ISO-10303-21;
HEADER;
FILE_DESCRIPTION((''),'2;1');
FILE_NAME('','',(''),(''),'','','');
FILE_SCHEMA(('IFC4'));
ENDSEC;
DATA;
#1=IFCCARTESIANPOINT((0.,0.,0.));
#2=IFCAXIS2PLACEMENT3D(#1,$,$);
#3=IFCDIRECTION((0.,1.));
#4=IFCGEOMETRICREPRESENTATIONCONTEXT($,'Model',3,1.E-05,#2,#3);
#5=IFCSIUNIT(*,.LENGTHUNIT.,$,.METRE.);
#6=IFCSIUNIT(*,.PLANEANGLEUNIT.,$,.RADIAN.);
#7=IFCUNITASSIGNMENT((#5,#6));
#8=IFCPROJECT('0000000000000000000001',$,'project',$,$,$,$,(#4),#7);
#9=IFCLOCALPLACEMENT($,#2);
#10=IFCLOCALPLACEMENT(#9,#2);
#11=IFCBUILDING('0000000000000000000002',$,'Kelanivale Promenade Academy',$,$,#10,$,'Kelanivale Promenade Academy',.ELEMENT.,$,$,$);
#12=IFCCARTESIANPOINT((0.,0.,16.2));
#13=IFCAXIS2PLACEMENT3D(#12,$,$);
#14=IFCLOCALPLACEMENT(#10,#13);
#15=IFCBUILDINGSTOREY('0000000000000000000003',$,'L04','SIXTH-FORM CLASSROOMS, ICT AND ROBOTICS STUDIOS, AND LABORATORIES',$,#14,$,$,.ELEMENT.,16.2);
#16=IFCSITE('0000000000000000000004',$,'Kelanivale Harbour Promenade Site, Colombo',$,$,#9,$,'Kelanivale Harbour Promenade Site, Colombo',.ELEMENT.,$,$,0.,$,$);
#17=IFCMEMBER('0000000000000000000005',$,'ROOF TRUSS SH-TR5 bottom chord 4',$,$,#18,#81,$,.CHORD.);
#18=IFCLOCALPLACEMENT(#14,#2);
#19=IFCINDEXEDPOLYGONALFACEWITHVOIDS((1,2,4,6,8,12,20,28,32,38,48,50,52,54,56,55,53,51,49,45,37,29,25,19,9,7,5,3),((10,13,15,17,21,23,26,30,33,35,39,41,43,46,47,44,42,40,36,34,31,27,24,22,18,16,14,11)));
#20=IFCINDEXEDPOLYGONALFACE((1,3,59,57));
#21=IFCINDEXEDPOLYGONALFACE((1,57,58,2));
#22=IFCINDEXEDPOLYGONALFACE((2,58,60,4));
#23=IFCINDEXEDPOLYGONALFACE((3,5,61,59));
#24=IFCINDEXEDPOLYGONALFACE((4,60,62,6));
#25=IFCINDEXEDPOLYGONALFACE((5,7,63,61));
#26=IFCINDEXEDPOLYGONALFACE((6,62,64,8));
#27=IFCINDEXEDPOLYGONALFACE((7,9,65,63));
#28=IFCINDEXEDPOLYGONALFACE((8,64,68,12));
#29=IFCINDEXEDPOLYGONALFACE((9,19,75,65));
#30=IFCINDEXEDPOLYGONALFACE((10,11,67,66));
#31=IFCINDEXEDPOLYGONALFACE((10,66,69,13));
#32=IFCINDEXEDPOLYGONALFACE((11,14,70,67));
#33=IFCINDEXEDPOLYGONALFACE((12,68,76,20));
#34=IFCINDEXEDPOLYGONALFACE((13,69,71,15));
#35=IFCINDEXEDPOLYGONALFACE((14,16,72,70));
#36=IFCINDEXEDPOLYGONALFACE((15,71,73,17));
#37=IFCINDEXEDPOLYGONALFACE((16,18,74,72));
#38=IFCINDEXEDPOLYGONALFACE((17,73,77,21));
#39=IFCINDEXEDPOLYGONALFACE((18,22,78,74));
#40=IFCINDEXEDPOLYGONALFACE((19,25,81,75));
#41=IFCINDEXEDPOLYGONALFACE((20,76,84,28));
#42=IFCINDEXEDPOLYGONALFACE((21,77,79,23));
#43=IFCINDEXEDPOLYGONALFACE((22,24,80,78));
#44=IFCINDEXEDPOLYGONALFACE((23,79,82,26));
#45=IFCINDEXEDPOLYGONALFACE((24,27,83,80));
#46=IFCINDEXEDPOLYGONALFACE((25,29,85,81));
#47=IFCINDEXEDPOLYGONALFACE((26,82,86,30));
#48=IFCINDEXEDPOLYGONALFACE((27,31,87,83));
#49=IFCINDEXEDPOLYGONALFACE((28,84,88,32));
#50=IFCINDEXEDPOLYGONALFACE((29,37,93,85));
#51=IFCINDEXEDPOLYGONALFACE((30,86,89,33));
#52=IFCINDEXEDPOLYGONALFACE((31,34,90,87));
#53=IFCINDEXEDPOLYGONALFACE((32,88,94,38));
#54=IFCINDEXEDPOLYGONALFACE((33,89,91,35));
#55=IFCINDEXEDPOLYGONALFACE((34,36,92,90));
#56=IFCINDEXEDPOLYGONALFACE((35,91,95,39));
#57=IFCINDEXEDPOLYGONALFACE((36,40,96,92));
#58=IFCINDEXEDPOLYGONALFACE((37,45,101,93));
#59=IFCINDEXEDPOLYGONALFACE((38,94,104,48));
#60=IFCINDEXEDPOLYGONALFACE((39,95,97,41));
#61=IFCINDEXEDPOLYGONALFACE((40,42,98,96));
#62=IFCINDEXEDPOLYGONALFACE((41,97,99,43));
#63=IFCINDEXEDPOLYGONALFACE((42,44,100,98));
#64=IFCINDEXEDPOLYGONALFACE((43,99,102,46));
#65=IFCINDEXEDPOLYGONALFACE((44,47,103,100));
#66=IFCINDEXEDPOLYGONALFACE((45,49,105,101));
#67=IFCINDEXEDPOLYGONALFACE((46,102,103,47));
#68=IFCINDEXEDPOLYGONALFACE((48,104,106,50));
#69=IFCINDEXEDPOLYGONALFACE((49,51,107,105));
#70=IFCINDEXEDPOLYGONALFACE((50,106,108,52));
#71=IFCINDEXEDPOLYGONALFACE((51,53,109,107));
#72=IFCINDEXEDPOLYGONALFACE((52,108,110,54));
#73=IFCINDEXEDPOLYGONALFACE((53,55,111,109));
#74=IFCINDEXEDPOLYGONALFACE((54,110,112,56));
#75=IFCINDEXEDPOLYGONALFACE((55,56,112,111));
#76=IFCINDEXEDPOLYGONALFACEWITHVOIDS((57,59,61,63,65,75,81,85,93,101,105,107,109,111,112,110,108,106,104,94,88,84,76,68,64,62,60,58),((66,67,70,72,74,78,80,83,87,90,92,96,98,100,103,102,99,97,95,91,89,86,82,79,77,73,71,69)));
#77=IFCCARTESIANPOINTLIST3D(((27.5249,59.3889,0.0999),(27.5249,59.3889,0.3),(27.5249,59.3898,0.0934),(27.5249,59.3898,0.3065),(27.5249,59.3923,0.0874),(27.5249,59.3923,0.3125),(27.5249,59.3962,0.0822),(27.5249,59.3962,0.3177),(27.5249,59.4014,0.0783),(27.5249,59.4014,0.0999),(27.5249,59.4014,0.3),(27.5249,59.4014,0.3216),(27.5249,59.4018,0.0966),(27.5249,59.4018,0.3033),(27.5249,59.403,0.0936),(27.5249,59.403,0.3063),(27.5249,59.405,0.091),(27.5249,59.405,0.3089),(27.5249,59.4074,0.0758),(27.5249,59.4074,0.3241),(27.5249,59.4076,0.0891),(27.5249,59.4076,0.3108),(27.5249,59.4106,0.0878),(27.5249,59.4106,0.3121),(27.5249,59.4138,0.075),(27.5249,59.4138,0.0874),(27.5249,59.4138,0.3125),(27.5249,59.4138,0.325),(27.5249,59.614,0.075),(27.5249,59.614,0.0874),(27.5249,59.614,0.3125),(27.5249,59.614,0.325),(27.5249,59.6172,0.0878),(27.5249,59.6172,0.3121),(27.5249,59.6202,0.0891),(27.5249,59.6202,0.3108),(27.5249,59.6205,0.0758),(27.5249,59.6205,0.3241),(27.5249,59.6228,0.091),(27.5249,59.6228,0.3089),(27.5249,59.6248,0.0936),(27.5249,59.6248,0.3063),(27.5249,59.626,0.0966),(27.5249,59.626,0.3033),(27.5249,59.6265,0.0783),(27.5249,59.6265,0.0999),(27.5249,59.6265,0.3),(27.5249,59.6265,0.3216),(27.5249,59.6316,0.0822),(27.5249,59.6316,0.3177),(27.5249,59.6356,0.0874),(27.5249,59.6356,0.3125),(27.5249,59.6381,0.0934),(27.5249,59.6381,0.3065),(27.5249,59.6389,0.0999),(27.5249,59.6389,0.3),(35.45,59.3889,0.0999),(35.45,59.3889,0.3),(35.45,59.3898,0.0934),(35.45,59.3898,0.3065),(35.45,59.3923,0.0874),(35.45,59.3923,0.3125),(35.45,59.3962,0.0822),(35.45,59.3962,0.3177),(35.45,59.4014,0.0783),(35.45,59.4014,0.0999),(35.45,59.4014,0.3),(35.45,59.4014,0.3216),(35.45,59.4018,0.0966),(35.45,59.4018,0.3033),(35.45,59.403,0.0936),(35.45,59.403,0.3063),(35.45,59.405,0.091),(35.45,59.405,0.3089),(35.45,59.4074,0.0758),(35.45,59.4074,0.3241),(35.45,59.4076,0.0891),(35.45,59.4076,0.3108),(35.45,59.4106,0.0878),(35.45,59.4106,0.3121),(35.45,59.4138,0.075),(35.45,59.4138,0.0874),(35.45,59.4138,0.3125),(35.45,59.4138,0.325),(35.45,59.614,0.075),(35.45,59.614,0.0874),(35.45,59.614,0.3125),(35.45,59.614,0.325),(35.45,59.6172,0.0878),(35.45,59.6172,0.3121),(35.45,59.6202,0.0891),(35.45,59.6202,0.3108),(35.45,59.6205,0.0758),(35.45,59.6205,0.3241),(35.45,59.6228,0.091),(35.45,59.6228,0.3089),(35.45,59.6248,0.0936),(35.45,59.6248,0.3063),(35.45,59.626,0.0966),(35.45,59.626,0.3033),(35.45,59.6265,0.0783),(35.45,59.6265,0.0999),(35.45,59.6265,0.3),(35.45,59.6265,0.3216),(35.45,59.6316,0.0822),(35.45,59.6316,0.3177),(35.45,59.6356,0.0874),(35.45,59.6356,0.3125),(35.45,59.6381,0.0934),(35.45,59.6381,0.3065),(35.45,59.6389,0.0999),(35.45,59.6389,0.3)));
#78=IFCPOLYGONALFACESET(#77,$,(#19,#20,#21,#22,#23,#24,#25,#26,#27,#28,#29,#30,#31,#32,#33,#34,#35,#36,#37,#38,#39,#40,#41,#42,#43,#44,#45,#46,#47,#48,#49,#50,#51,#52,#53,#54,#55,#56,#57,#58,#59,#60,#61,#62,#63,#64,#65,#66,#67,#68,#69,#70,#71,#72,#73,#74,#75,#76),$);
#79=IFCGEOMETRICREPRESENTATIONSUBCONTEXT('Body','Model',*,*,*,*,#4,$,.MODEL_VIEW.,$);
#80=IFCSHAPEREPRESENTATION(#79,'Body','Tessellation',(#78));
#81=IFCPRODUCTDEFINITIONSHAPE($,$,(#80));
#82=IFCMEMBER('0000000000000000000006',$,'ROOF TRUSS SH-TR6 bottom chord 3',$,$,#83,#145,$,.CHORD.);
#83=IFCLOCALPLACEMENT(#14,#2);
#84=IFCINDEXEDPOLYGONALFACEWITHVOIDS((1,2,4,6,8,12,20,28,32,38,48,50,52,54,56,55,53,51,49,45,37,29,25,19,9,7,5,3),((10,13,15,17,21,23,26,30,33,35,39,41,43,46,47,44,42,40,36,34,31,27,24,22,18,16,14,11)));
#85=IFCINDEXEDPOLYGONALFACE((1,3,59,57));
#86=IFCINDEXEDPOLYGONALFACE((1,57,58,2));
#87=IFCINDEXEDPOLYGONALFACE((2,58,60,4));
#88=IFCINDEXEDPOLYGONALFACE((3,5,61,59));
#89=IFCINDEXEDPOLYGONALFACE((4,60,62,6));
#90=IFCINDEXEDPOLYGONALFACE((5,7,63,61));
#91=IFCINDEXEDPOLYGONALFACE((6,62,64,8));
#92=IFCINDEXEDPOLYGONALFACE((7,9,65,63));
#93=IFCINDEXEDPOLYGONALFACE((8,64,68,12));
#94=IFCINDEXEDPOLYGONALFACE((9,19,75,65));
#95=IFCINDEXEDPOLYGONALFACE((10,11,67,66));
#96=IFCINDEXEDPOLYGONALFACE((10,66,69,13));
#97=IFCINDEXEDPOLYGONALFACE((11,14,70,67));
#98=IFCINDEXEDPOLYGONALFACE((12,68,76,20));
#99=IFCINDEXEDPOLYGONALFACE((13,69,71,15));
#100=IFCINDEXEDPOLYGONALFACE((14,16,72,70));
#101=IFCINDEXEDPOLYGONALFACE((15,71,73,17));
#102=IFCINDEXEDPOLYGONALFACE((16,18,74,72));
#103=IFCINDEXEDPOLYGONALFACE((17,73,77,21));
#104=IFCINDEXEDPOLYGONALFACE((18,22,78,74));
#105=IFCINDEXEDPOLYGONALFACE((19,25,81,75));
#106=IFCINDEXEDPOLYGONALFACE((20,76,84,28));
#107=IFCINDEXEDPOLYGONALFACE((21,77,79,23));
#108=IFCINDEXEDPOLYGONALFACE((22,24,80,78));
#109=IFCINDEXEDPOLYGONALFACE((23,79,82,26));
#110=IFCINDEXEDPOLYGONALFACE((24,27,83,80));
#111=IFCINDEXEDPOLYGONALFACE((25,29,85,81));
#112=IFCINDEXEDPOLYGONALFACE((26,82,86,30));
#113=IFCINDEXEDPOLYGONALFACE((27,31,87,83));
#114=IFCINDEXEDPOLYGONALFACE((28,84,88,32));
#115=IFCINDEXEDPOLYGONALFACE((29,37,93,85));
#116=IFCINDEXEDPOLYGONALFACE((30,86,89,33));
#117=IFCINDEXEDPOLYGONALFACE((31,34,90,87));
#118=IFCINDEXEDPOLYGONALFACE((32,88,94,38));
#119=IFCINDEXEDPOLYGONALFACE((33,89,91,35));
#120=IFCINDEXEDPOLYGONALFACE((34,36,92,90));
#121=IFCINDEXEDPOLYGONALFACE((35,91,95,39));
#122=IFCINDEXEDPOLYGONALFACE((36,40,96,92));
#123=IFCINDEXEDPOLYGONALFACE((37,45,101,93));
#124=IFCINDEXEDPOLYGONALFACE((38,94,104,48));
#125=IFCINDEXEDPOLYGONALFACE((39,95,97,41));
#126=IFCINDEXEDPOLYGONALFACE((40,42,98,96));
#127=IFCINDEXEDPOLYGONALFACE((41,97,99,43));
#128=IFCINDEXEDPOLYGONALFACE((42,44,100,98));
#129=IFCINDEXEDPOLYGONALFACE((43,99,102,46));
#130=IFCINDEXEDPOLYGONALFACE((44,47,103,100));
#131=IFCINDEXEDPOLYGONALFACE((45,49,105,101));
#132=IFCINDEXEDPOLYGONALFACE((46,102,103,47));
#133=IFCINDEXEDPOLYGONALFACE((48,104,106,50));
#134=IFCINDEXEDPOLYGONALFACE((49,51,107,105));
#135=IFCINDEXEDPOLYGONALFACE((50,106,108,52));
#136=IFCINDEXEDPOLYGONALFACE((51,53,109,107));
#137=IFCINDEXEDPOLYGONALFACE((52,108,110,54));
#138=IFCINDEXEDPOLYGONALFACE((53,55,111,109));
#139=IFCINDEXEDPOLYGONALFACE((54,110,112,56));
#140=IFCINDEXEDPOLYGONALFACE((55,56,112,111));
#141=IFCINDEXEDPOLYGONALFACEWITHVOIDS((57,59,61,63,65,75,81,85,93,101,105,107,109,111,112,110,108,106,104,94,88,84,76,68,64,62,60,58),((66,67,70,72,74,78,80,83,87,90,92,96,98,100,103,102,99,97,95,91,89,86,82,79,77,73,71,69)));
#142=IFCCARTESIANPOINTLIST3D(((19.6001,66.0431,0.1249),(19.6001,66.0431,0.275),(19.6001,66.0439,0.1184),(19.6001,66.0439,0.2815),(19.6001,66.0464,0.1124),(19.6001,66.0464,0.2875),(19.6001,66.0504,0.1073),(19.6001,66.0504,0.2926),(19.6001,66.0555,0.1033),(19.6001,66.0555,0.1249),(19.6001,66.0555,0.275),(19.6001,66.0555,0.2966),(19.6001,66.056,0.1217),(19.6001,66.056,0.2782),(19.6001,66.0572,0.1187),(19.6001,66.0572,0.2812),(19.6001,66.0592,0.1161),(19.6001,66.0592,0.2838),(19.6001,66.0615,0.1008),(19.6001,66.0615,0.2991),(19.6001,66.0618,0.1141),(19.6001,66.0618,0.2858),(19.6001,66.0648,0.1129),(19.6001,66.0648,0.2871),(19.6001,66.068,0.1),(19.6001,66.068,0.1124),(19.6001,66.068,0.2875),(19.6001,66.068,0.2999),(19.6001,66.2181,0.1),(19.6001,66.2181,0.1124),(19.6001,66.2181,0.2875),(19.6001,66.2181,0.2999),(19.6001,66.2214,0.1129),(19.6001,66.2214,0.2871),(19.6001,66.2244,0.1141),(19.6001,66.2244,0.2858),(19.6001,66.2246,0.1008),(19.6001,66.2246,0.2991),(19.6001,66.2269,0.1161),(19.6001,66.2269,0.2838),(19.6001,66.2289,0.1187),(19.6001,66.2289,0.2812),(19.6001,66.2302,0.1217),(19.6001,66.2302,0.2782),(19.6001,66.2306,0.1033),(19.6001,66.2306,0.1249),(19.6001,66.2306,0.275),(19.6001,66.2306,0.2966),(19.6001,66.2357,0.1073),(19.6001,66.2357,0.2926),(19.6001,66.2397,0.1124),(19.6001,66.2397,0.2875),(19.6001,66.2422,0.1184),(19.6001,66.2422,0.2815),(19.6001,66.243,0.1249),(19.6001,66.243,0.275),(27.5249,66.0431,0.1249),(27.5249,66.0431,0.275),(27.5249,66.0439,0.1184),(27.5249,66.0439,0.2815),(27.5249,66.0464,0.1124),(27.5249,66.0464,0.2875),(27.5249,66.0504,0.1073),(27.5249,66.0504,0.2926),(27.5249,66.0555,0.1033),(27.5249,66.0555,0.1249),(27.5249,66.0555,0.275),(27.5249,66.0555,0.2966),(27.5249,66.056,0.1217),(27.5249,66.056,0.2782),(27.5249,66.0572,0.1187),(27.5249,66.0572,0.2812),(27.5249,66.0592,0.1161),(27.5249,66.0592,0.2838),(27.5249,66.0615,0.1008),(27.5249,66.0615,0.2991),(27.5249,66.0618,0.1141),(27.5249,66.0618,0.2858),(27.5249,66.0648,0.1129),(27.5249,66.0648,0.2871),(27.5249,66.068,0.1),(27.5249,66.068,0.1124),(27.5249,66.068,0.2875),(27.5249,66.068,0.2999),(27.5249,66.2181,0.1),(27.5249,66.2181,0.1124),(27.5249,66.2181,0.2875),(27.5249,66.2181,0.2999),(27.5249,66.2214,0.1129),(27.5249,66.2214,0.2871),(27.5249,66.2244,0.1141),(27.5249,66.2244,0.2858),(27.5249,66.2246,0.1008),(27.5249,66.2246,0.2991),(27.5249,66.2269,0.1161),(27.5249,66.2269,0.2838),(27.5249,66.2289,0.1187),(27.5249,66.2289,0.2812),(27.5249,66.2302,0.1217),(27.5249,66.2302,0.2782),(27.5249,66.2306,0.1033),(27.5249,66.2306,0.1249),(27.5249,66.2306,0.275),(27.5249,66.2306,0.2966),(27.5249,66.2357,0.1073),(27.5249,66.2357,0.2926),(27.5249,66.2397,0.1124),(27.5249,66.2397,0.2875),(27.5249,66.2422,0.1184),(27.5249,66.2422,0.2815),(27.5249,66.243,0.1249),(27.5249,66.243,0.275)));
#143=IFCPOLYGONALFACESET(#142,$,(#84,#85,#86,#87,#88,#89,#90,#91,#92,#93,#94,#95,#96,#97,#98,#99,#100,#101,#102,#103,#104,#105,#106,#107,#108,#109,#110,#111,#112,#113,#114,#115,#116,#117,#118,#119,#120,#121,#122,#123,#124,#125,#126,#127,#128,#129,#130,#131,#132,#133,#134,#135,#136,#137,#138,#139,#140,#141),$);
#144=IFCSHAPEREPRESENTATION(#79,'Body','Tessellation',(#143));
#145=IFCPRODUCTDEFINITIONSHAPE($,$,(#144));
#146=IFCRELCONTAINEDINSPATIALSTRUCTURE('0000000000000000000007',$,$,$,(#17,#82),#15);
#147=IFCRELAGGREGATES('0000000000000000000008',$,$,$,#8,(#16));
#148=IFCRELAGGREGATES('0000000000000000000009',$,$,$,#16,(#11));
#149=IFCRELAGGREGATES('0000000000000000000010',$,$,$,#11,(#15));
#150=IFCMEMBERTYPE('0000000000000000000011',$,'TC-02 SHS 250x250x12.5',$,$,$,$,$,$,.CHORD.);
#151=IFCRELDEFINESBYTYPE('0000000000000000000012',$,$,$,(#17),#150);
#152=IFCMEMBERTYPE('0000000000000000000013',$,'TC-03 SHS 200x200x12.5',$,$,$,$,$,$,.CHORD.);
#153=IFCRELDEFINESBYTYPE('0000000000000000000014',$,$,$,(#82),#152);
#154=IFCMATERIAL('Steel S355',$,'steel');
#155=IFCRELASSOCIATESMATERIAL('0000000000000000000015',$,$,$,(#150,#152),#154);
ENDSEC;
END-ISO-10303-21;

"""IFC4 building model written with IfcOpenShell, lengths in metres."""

from ifc_helpers import new_model, si_unit, direction, frame, origin, origin_2d, place, context, subcontext, project, spatial, hollow_rectangle, extrude, material, material_profile, profile_set, type_object, element, save


model = new_model("IFC4")

# Units and contexts
model_context = context("Model", 3, precision=1e-05, world=origin(), true_north=direction((0.0, 1.0)))
body_context = subcontext(model_context, "Body", "Model", "MODEL_VIEW")
ifc_project = project(units=[si_unit("LENGTHUNIT", "METRE"), si_unit("PLANEANGLEUNIT", "RADIAN")], contexts=[model_context])

# Site, building, storey
site_placement = place(None, origin())
site = spatial("IfcSite", under=ifc_project, at=site_placement, Name="Kelanivale Harbour Promenade Site, Colombo", LongName="Kelanivale Harbour Promenade Site, Colombo", CompositionType="ELEMENT", RefElevation=0.0)
building_placement = place(site_placement, origin())
building = spatial("IfcBuilding", under=site, at=building_placement, Name="Kelanivale Promenade Academy", LongName="Kelanivale Promenade Academy", CompositionType="ELEMENT")
storey_placement = place(building_placement, frame((0.0, 0.0, 16.2)))
storey = spatial("IfcBuildingStorey", under=building, at=storey_placement, Name="L04", Description="SIXTH-FORM CLASSROOMS, ICT AND ROBOTICS STUDIOS, AND LABORATORIES", CompositionType="ELEMENT", Elevation=16.2)

# Members
ifc_material = material(Name="Steel S355", Category="steel")
ifc_material_profile_1 = material_profile(ifc_material, hollow_rectangle(XDim=0.25, YDim=0.25, WallThickness=0.0125, InnerFilletRadius=0.0125, OuterFilletRadius=0.0249, at=origin_2d()), Name="SHS 250x250x12.5")
ifc_profile_set_1 = profile_set([ifc_material_profile_1], Name="Steel S355")
member_type_1 = type_object("IfcMemberType", Name="TC-02 SHS 250x250x12.5", PredefinedType="CHORD", material=ifc_profile_set_1)
member_1_placement = place(storey_placement, frame((27.5249, 59.5139, 0.2), z_axis=(1.0, 0.0, 0.0), x_axis=(0.0, 1.0, 0.0)))
element("IfcMember", 1, at=member_1_placement, inside=storey, type_object=member_type_1, Name="ROOF TRUSS SH-TR5 bottom chord 4", PredefinedType="CHORD", context=body_context, shape_type="SweptSolid", body=[
    extrude(hollow_rectangle(XDim=0.25, YDim=0.25, WallThickness=0.0125, InnerFilletRadius=0.0125, OuterFilletRadius=0.0249, at=origin_2d()), origin(), (0.0, 0.0, 1.0), 7.925),
])
ifc_material_profile_2 = material_profile(ifc_material, hollow_rectangle(XDim=0.2, YDim=0.2, WallThickness=0.0125, InnerFilletRadius=0.0125, OuterFilletRadius=0.0249, at=origin_2d()), Name="SHS 200x200x12.5")
ifc_profile_set_2 = profile_set([ifc_material_profile_2], Name="Steel S355")
member_type_2 = type_object("IfcMemberType", Name="TC-03 SHS 200x200x12.5", PredefinedType="CHORD", material=ifc_profile_set_2)
member_2_placement = place(storey_placement, frame((19.6001, 66.1431, 0.2), z_axis=(1.0, 0.0, 0.0), x_axis=(0.0, 1.0, 0.0)))
element("IfcMember", 2, at=member_2_placement, inside=storey, type_object=member_type_2, Name="ROOF TRUSS SH-TR6 bottom chord 3", PredefinedType="CHORD", context=body_context, shape_type="SweptSolid", body=[
    extrude(hollow_rectangle(XDim=0.2, YDim=0.2, WallThickness=0.0125, InnerFilletRadius=0.0125, OuterFilletRadius=0.0249, at=origin_2d()), origin(), (0.0, 0.0, 1.0), 7.9248),
])

save(model, "model.ifc")
